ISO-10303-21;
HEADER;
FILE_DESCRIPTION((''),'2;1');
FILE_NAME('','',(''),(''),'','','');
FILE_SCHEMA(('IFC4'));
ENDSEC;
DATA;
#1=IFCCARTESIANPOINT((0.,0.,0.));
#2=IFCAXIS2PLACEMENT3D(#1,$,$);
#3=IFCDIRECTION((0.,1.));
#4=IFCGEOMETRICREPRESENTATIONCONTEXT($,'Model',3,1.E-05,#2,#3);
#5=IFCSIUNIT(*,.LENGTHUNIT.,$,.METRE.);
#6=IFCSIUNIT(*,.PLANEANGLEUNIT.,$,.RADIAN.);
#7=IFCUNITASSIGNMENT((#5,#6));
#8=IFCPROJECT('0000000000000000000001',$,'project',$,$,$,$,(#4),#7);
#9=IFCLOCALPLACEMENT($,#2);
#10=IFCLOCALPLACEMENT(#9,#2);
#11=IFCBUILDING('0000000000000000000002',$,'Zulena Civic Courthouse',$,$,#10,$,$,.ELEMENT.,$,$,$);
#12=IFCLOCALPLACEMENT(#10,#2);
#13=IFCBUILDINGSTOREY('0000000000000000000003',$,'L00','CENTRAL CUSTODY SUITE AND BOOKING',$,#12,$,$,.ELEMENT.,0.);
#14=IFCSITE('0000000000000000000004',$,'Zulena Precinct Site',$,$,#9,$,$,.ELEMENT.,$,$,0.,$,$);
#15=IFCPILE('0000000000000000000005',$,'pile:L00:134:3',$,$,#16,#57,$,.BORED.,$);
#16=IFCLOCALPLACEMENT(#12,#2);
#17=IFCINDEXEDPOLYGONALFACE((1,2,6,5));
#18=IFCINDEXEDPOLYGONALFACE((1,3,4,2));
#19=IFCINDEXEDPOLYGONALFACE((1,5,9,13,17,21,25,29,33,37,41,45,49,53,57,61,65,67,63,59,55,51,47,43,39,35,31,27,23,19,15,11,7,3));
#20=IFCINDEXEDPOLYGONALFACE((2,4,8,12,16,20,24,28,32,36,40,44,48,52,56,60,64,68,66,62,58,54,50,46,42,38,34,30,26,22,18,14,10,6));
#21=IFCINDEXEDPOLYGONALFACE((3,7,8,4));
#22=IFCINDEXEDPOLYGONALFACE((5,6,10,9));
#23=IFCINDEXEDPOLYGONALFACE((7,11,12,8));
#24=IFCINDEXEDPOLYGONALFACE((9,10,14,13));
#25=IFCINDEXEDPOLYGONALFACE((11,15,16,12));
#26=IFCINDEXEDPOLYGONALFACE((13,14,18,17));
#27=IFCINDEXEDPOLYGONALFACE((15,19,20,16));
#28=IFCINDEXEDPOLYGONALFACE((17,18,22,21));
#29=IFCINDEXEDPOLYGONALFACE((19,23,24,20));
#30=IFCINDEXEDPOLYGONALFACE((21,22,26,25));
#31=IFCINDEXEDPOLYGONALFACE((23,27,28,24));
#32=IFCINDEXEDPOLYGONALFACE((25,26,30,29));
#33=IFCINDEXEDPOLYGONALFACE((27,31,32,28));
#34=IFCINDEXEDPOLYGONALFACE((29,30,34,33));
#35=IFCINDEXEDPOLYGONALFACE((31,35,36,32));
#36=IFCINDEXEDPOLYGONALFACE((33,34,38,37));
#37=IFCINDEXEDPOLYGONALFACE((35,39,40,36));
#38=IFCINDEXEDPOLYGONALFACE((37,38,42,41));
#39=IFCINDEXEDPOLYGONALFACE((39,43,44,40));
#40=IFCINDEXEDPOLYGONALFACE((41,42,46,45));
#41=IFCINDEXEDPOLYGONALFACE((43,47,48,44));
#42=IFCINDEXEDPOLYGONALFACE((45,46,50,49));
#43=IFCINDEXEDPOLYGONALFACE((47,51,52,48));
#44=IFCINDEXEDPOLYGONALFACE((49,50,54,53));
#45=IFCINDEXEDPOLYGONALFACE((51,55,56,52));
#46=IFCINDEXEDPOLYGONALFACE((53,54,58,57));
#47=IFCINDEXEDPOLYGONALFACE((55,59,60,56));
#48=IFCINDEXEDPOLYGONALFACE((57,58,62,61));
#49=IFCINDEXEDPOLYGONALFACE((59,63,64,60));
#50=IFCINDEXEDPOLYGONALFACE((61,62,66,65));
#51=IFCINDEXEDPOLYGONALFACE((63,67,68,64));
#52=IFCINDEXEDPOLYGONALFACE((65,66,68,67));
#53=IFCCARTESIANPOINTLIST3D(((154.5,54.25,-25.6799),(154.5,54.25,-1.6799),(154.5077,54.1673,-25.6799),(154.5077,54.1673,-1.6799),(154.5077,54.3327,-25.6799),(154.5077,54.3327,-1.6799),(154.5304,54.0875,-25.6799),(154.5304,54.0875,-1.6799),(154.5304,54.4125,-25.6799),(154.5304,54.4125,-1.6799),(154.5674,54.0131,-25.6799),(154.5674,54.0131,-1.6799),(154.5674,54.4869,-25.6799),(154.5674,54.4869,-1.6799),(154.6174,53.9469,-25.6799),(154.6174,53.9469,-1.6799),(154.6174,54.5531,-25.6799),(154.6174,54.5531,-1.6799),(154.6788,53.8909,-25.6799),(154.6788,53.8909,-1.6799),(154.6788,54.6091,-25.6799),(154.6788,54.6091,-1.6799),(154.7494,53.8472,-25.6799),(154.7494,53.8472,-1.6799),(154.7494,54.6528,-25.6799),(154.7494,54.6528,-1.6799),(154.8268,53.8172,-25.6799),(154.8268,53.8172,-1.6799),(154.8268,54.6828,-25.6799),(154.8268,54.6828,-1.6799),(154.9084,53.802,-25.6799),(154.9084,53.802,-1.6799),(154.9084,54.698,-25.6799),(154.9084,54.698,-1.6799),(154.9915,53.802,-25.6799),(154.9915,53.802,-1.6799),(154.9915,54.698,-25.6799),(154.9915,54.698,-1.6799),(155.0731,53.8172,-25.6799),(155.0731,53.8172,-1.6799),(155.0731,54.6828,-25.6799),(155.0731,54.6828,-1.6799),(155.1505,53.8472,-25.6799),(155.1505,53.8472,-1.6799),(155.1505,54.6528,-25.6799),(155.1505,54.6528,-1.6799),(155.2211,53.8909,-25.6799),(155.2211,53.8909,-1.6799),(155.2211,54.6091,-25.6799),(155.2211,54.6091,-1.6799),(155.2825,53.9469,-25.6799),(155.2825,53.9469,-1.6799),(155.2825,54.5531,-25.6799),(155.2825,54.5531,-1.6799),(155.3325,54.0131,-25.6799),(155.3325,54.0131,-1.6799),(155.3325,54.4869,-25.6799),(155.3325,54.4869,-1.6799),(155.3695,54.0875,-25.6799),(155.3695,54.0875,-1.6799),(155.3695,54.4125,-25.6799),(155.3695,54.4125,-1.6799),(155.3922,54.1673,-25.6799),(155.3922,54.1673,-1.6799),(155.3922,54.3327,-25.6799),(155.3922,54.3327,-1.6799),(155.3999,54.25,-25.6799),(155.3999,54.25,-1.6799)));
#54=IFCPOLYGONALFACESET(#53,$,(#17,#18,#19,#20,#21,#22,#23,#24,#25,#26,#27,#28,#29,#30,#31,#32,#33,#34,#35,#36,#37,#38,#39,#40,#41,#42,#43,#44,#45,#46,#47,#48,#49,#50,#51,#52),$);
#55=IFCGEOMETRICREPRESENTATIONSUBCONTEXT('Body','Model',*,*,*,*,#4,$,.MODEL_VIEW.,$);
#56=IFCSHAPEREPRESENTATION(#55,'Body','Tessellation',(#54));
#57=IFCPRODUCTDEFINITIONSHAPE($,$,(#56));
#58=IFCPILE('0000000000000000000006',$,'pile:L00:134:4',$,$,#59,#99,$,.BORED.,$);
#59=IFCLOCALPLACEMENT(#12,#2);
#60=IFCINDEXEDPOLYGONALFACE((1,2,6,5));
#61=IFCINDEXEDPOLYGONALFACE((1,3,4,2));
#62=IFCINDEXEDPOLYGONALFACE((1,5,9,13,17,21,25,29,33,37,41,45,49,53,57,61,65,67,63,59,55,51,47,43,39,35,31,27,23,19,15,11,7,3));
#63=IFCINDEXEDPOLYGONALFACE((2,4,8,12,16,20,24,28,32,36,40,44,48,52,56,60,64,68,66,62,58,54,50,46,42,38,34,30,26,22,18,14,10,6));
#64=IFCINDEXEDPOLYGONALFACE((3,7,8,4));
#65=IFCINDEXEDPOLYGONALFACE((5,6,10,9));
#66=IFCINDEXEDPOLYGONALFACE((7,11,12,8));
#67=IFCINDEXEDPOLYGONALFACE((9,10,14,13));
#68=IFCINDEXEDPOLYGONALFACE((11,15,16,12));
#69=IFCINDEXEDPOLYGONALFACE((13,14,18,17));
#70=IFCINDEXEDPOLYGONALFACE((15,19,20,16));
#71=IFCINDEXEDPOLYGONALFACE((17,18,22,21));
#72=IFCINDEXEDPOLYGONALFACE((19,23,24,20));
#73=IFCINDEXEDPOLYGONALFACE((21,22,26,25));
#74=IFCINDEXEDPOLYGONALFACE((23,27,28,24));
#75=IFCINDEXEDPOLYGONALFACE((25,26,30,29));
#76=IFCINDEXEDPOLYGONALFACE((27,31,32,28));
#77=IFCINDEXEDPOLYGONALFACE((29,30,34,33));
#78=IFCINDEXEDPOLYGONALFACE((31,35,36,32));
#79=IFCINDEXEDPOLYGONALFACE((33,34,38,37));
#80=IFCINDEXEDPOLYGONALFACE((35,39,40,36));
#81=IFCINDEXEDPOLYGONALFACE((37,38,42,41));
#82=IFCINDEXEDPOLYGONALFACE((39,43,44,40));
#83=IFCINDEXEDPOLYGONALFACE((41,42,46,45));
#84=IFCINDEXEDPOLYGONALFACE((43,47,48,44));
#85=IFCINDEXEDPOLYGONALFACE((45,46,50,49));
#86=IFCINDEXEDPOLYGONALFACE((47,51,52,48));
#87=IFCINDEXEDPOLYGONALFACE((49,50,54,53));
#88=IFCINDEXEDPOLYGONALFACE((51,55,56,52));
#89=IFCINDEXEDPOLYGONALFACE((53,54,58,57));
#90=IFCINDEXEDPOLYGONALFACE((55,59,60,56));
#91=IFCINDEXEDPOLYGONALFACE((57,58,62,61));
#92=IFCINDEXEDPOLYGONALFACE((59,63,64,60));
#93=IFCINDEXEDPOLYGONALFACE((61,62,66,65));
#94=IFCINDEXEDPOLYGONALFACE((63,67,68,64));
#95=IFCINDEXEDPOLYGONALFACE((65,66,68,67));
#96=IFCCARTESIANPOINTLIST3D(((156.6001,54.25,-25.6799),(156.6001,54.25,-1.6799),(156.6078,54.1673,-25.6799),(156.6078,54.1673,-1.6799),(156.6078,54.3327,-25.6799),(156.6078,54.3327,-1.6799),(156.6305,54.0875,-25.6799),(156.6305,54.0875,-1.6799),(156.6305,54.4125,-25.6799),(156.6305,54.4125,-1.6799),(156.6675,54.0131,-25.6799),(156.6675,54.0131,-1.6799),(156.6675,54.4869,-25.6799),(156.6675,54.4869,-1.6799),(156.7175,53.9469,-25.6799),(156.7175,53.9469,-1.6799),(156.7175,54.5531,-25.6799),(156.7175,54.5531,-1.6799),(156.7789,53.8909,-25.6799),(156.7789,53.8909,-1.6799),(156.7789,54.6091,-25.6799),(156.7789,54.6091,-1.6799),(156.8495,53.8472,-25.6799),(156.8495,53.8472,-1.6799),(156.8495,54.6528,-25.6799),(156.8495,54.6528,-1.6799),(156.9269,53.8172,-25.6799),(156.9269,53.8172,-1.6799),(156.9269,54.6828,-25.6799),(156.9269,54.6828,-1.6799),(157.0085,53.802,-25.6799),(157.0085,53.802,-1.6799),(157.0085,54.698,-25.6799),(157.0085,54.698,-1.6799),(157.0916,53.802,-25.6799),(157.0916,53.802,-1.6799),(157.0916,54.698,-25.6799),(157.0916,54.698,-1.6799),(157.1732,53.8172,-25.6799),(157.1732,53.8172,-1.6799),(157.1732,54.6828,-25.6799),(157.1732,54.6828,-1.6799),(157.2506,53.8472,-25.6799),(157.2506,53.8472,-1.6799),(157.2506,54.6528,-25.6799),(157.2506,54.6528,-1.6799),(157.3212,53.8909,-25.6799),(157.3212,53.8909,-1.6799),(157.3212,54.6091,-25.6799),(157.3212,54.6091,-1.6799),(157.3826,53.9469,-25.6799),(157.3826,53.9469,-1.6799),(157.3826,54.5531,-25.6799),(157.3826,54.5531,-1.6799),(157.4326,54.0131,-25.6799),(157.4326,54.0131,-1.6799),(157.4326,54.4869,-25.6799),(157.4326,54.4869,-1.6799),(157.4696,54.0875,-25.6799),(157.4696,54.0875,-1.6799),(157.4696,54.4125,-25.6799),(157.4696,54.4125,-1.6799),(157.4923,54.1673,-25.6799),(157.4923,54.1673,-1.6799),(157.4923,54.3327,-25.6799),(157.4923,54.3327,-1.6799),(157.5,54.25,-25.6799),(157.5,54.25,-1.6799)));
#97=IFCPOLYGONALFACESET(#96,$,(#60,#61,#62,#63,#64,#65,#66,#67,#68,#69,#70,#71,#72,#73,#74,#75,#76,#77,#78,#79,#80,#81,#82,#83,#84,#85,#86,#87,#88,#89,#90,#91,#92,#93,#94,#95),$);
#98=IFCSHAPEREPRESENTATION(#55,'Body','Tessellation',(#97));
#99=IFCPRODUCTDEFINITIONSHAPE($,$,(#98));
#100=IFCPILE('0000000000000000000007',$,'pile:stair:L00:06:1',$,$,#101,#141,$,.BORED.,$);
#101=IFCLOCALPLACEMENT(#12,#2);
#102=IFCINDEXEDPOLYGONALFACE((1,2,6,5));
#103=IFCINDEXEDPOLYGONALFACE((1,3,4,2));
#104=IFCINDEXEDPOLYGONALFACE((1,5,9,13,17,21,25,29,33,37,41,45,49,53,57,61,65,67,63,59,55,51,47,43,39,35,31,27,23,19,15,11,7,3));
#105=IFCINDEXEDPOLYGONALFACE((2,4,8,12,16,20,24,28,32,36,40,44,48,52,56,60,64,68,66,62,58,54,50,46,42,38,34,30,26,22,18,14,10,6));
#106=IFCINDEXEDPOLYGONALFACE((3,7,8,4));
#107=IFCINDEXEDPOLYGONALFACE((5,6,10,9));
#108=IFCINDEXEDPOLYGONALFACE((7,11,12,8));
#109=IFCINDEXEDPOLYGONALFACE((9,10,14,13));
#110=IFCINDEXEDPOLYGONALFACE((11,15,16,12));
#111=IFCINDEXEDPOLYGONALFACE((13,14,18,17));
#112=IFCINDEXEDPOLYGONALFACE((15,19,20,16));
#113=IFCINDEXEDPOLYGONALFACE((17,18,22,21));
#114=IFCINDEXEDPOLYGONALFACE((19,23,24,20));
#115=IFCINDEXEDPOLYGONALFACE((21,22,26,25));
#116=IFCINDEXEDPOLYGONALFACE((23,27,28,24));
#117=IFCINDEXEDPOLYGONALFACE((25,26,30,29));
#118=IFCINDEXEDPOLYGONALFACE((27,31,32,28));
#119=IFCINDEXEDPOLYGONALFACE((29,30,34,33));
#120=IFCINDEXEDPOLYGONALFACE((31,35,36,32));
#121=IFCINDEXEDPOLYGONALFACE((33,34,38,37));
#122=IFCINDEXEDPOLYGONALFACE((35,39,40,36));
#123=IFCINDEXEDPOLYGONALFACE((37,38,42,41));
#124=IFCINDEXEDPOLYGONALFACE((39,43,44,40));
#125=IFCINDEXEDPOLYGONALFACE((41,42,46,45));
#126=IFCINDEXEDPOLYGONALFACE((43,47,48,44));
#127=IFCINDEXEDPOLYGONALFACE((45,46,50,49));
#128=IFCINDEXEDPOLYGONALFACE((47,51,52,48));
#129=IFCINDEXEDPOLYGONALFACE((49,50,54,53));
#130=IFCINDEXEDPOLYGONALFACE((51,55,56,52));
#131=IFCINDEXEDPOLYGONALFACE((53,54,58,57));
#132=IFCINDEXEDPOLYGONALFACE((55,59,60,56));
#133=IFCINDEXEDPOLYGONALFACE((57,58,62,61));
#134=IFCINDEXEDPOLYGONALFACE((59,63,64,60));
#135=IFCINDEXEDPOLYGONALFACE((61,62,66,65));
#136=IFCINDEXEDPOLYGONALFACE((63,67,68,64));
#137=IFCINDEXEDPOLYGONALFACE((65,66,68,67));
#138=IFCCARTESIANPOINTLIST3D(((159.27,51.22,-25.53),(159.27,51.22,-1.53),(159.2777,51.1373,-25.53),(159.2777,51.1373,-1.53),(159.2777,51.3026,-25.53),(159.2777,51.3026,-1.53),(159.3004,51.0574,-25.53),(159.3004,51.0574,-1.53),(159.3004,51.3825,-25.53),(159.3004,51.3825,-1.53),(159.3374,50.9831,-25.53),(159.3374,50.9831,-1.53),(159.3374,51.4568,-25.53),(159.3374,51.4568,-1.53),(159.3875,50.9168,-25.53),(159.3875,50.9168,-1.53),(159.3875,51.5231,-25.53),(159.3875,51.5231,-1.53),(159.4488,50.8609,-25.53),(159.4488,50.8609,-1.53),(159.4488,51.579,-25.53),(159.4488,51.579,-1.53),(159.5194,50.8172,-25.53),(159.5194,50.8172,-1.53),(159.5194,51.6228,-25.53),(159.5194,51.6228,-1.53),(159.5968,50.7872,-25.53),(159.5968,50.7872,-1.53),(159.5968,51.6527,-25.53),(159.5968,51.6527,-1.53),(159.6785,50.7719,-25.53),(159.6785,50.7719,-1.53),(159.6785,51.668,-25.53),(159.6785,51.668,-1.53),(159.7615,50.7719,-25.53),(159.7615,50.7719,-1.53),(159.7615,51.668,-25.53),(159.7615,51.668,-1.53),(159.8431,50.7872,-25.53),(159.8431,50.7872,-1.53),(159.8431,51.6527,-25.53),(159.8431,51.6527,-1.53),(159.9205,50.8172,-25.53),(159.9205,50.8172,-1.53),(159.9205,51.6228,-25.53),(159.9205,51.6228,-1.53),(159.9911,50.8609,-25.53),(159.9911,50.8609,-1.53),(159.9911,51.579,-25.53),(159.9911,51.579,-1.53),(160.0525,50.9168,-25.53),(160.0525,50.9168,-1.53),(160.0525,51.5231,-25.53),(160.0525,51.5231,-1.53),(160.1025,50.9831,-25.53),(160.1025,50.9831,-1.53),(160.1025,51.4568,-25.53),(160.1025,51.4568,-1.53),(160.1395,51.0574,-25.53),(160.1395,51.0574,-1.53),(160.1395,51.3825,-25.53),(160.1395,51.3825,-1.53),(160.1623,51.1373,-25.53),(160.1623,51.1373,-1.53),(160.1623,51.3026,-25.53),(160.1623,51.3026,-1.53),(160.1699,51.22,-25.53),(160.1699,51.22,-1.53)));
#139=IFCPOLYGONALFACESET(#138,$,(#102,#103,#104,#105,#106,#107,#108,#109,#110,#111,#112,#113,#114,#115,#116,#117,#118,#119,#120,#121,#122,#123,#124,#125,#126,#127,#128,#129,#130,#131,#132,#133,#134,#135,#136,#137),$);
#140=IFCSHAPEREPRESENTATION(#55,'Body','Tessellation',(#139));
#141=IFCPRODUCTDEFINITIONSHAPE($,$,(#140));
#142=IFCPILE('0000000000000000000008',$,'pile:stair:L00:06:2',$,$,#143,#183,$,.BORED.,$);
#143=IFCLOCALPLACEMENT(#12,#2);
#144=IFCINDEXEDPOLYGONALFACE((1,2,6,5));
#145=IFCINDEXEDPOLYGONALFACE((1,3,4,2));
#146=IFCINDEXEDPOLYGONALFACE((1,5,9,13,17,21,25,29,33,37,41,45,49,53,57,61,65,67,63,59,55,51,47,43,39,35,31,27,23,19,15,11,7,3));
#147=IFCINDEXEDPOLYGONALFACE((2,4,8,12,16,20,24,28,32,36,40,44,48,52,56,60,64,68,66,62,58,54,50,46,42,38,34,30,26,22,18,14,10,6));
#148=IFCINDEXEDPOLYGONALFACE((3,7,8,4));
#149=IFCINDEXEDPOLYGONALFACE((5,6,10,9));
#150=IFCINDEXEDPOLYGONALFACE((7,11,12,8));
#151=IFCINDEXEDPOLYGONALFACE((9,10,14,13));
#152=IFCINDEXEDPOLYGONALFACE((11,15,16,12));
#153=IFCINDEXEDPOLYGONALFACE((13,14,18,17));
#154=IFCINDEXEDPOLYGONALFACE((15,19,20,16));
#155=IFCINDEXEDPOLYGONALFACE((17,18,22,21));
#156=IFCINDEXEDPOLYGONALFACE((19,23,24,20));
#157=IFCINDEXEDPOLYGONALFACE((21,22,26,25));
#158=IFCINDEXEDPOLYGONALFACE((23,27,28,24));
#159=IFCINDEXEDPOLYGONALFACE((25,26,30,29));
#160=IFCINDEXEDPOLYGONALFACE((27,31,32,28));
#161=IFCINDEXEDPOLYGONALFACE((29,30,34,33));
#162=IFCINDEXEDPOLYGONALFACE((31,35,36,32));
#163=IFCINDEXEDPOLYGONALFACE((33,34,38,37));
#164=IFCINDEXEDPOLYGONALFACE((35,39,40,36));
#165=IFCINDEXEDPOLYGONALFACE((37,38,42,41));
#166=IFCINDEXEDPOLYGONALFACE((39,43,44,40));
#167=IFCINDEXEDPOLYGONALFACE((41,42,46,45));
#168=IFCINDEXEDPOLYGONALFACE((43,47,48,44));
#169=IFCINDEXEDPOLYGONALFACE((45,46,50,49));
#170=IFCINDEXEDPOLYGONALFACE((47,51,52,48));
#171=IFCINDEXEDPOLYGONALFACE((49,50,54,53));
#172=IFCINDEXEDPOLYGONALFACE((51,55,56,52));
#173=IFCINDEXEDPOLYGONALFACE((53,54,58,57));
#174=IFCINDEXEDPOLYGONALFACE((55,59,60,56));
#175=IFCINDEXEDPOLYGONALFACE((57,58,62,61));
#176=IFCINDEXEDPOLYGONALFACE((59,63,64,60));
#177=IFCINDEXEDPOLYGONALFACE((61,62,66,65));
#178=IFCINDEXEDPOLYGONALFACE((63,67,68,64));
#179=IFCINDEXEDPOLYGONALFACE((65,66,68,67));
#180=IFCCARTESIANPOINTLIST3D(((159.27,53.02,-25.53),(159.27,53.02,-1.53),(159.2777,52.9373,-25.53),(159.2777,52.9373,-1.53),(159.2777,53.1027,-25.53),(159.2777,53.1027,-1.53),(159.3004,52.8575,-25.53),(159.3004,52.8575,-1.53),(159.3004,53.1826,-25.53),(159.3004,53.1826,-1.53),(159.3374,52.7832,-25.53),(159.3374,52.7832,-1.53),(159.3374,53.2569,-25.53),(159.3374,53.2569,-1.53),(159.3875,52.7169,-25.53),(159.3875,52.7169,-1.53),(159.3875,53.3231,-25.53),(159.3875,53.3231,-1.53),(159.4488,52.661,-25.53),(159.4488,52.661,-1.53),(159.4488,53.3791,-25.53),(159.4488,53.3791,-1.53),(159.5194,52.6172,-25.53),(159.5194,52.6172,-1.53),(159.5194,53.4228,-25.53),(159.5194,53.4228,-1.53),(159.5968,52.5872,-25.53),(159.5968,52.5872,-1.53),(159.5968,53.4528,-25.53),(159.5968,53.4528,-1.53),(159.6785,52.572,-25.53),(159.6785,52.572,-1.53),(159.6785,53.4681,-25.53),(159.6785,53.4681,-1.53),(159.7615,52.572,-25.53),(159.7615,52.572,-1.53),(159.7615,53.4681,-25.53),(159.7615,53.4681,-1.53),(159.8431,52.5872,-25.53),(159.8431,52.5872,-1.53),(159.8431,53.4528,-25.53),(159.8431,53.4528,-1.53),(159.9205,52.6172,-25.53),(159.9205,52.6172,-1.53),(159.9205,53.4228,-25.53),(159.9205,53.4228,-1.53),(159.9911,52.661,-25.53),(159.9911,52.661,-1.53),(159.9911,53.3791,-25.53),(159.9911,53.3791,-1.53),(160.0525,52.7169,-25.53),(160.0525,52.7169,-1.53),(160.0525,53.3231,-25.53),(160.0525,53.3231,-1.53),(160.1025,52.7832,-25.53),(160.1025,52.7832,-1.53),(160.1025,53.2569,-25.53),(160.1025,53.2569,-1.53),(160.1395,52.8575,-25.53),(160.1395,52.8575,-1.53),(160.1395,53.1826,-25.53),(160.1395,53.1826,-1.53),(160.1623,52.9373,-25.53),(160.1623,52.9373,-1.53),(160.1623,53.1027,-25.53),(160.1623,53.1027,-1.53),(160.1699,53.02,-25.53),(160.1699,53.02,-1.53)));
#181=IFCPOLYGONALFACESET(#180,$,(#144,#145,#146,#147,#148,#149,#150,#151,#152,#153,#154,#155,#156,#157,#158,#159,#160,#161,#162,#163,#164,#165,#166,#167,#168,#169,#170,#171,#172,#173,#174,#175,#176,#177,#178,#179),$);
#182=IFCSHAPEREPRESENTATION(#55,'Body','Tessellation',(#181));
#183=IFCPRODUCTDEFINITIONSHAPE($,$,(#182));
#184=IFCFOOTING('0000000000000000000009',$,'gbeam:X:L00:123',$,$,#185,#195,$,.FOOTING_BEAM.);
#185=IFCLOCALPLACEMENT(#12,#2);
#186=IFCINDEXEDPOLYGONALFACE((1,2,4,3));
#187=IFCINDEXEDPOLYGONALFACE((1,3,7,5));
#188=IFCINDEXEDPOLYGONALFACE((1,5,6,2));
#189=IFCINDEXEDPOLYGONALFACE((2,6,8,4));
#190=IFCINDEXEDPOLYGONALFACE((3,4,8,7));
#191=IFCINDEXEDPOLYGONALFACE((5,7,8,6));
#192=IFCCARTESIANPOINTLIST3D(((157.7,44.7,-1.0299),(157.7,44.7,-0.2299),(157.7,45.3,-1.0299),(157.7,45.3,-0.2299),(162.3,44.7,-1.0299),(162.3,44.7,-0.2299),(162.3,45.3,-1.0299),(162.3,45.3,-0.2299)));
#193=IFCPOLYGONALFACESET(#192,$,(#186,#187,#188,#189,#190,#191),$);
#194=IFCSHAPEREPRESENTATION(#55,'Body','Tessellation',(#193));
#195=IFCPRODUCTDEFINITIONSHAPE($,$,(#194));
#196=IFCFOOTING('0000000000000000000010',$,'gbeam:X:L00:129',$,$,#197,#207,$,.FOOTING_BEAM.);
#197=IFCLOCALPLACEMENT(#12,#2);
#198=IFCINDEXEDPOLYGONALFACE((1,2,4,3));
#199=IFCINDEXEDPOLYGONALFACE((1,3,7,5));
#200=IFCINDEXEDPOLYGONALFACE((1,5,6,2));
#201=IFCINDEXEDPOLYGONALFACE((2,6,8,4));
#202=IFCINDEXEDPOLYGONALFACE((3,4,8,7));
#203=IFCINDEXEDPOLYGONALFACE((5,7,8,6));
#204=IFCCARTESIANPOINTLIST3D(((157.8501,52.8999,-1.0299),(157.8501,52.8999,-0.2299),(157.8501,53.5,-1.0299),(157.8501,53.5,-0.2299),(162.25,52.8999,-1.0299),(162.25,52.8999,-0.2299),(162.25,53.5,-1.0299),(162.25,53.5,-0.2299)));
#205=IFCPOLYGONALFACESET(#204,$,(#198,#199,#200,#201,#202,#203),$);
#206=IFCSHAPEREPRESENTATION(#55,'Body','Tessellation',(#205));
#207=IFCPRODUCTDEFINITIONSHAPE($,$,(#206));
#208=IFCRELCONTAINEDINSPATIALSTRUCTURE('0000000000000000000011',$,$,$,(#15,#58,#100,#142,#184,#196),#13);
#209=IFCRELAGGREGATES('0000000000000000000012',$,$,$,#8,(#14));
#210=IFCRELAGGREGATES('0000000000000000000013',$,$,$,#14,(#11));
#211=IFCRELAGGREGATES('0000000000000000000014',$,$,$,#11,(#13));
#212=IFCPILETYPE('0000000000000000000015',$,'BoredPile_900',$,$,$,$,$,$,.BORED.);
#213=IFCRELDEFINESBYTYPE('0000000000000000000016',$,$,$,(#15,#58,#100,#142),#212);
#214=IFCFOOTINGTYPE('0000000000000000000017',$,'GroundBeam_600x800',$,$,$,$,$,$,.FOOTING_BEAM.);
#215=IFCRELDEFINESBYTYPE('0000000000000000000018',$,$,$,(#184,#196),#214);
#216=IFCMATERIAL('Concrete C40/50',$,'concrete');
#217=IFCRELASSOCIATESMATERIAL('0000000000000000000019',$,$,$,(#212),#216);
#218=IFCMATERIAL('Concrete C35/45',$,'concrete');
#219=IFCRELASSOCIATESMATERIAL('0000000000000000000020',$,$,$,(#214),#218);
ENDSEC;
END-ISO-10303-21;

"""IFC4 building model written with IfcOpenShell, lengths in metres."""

from ifc_helpers import new_model, si_unit, direction, frame, origin, origin_2d, place, context, subcontext, project, spatial, rectangle, circle, extrude, material, material_profile, profile_set, type_object, element, save


model = new_model("IFC4")

# Units and contexts
model_context = context("Model", 3, precision=1e-05, world=origin(), true_north=direction((0.0, 1.0)))
body_context = subcontext(model_context, "Body", "Model", "MODEL_VIEW")
ifc_project = project(units=[si_unit("LENGTHUNIT", "METRE"), si_unit("PLANEANGLEUNIT", "RADIAN")], contexts=[model_context])

# Site, building, storey
site_placement = place(None, origin())
site = spatial("IfcSite", under=ifc_project, at=site_placement, Name="Zulena Precinct Site", CompositionType="ELEMENT", RefElevation=0.0)
building_placement = place(site_placement, origin())
building = spatial("IfcBuilding", under=site, at=building_placement, Name="Zulena Civic Courthouse", CompositionType="ELEMENT")
storey_placement = place(building_placement, origin())
storey = spatial("IfcBuildingStorey", under=building, at=storey_placement, Name="L00", Description="CENTRAL CUSTODY SUITE AND BOOKING", CompositionType="ELEMENT", Elevation=0.0)

# Piles
ifc_material_1 = material(Name="Concrete C40/50", Category="concrete")
ifc_material_profile_1 = material_profile(ifc_material_1, circle(Radius=0.45, at=origin_2d()), Name="PILE900")
ifc_profile_set_1 = profile_set([ifc_material_profile_1], Name="Concrete C40/50")
pile_type = type_object("IfcPileType", Name="BoredPile_900", PredefinedType="BORED", material=ifc_profile_set_1)
for number, where, z_axis, x_axis, name in (
    (1, (154.95, 54.25, -1.6799), (0.0, 0.0, -1.0), (1.0, 0.0, 0.0), "pile:L00:134:3"),
    (2, (157.05, 54.25, -1.6799), (0.0, 0.0, -1.0), (1.0, 0.0, 0.0), "pile:L00:134:4"),
    (3, (159.72, 51.22, -1.53), (0.0, 0.0, -1.0), (1.0, 0.0, 0.0), "pile:stair:L00:06:1"),
    (4, (159.72, 53.02, -1.53), (0.0, 0.0, -1.0), (1.0, 0.0, 0.0), "pile:stair:L00:06:2"),
):
    element("IfcPile", number, at=place(storey_placement, frame(where, z_axis=z_axis, x_axis=x_axis)), inside=storey, type_object=pile_type, Name=name, PredefinedType="BORED", context=body_context, shape_type="SweptSolid", body=[
        extrude(circle(Radius=0.45, at=origin_2d()), origin(), (0.0, 0.0, 1.0), 24.0),
    ])

# Footings
ifc_material_2 = material(Name="Concrete C35/45", Category="concrete")
ifc_material_profile_2 = material_profile(ifc_material_2, rectangle(XDim=0.6001, YDim=0.8, at=origin_2d()), Name="RC600X800")
ifc_profile_set_2 = profile_set([ifc_material_profile_2], Name="Concrete C35/45")
footing_type_1 = type_object("IfcFootingType", Name="GroundBeam_600x800", PredefinedType="FOOTING_BEAM", material=ifc_profile_set_2)
footing_1_placement = place(storey_placement, frame((157.7, 45.0, -0.6299), z_axis=(1.0, 0.0, 0.0), x_axis=(0.0, 1.0, 0.0)))
element("IfcFooting", 5, at=footing_1_placement, inside=storey, type_object=footing_type_1, Name="gbeam:X:L00:123", PredefinedType="FOOTING_BEAM", context=body_context, shape_type="SweptSolid", body=[
    extrude(rectangle(XDim=0.6001, YDim=0.8, at=origin_2d()), origin(), (0.0, 0.0, 1.0), 4.6001),
])
footing_2_placement = place(storey_placement, frame((157.8501, 53.2, -0.6299), z_axis=(1.0, 0.0, 0.0), x_axis=(0.0, 1.0, 0.0)))
element("IfcFooting", 6, at=footing_2_placement, inside=storey, type_object=footing_type_1, Name="gbeam:X:L00:129", PredefinedType="FOOTING_BEAM", context=body_context, shape_type="SweptSolid", body=[
    extrude(rectangle(XDim=0.6001, YDim=0.8, at=origin_2d()), origin(), (0.0, 0.0, 1.0), 4.3999),
])

save(model, "model.ifc")
